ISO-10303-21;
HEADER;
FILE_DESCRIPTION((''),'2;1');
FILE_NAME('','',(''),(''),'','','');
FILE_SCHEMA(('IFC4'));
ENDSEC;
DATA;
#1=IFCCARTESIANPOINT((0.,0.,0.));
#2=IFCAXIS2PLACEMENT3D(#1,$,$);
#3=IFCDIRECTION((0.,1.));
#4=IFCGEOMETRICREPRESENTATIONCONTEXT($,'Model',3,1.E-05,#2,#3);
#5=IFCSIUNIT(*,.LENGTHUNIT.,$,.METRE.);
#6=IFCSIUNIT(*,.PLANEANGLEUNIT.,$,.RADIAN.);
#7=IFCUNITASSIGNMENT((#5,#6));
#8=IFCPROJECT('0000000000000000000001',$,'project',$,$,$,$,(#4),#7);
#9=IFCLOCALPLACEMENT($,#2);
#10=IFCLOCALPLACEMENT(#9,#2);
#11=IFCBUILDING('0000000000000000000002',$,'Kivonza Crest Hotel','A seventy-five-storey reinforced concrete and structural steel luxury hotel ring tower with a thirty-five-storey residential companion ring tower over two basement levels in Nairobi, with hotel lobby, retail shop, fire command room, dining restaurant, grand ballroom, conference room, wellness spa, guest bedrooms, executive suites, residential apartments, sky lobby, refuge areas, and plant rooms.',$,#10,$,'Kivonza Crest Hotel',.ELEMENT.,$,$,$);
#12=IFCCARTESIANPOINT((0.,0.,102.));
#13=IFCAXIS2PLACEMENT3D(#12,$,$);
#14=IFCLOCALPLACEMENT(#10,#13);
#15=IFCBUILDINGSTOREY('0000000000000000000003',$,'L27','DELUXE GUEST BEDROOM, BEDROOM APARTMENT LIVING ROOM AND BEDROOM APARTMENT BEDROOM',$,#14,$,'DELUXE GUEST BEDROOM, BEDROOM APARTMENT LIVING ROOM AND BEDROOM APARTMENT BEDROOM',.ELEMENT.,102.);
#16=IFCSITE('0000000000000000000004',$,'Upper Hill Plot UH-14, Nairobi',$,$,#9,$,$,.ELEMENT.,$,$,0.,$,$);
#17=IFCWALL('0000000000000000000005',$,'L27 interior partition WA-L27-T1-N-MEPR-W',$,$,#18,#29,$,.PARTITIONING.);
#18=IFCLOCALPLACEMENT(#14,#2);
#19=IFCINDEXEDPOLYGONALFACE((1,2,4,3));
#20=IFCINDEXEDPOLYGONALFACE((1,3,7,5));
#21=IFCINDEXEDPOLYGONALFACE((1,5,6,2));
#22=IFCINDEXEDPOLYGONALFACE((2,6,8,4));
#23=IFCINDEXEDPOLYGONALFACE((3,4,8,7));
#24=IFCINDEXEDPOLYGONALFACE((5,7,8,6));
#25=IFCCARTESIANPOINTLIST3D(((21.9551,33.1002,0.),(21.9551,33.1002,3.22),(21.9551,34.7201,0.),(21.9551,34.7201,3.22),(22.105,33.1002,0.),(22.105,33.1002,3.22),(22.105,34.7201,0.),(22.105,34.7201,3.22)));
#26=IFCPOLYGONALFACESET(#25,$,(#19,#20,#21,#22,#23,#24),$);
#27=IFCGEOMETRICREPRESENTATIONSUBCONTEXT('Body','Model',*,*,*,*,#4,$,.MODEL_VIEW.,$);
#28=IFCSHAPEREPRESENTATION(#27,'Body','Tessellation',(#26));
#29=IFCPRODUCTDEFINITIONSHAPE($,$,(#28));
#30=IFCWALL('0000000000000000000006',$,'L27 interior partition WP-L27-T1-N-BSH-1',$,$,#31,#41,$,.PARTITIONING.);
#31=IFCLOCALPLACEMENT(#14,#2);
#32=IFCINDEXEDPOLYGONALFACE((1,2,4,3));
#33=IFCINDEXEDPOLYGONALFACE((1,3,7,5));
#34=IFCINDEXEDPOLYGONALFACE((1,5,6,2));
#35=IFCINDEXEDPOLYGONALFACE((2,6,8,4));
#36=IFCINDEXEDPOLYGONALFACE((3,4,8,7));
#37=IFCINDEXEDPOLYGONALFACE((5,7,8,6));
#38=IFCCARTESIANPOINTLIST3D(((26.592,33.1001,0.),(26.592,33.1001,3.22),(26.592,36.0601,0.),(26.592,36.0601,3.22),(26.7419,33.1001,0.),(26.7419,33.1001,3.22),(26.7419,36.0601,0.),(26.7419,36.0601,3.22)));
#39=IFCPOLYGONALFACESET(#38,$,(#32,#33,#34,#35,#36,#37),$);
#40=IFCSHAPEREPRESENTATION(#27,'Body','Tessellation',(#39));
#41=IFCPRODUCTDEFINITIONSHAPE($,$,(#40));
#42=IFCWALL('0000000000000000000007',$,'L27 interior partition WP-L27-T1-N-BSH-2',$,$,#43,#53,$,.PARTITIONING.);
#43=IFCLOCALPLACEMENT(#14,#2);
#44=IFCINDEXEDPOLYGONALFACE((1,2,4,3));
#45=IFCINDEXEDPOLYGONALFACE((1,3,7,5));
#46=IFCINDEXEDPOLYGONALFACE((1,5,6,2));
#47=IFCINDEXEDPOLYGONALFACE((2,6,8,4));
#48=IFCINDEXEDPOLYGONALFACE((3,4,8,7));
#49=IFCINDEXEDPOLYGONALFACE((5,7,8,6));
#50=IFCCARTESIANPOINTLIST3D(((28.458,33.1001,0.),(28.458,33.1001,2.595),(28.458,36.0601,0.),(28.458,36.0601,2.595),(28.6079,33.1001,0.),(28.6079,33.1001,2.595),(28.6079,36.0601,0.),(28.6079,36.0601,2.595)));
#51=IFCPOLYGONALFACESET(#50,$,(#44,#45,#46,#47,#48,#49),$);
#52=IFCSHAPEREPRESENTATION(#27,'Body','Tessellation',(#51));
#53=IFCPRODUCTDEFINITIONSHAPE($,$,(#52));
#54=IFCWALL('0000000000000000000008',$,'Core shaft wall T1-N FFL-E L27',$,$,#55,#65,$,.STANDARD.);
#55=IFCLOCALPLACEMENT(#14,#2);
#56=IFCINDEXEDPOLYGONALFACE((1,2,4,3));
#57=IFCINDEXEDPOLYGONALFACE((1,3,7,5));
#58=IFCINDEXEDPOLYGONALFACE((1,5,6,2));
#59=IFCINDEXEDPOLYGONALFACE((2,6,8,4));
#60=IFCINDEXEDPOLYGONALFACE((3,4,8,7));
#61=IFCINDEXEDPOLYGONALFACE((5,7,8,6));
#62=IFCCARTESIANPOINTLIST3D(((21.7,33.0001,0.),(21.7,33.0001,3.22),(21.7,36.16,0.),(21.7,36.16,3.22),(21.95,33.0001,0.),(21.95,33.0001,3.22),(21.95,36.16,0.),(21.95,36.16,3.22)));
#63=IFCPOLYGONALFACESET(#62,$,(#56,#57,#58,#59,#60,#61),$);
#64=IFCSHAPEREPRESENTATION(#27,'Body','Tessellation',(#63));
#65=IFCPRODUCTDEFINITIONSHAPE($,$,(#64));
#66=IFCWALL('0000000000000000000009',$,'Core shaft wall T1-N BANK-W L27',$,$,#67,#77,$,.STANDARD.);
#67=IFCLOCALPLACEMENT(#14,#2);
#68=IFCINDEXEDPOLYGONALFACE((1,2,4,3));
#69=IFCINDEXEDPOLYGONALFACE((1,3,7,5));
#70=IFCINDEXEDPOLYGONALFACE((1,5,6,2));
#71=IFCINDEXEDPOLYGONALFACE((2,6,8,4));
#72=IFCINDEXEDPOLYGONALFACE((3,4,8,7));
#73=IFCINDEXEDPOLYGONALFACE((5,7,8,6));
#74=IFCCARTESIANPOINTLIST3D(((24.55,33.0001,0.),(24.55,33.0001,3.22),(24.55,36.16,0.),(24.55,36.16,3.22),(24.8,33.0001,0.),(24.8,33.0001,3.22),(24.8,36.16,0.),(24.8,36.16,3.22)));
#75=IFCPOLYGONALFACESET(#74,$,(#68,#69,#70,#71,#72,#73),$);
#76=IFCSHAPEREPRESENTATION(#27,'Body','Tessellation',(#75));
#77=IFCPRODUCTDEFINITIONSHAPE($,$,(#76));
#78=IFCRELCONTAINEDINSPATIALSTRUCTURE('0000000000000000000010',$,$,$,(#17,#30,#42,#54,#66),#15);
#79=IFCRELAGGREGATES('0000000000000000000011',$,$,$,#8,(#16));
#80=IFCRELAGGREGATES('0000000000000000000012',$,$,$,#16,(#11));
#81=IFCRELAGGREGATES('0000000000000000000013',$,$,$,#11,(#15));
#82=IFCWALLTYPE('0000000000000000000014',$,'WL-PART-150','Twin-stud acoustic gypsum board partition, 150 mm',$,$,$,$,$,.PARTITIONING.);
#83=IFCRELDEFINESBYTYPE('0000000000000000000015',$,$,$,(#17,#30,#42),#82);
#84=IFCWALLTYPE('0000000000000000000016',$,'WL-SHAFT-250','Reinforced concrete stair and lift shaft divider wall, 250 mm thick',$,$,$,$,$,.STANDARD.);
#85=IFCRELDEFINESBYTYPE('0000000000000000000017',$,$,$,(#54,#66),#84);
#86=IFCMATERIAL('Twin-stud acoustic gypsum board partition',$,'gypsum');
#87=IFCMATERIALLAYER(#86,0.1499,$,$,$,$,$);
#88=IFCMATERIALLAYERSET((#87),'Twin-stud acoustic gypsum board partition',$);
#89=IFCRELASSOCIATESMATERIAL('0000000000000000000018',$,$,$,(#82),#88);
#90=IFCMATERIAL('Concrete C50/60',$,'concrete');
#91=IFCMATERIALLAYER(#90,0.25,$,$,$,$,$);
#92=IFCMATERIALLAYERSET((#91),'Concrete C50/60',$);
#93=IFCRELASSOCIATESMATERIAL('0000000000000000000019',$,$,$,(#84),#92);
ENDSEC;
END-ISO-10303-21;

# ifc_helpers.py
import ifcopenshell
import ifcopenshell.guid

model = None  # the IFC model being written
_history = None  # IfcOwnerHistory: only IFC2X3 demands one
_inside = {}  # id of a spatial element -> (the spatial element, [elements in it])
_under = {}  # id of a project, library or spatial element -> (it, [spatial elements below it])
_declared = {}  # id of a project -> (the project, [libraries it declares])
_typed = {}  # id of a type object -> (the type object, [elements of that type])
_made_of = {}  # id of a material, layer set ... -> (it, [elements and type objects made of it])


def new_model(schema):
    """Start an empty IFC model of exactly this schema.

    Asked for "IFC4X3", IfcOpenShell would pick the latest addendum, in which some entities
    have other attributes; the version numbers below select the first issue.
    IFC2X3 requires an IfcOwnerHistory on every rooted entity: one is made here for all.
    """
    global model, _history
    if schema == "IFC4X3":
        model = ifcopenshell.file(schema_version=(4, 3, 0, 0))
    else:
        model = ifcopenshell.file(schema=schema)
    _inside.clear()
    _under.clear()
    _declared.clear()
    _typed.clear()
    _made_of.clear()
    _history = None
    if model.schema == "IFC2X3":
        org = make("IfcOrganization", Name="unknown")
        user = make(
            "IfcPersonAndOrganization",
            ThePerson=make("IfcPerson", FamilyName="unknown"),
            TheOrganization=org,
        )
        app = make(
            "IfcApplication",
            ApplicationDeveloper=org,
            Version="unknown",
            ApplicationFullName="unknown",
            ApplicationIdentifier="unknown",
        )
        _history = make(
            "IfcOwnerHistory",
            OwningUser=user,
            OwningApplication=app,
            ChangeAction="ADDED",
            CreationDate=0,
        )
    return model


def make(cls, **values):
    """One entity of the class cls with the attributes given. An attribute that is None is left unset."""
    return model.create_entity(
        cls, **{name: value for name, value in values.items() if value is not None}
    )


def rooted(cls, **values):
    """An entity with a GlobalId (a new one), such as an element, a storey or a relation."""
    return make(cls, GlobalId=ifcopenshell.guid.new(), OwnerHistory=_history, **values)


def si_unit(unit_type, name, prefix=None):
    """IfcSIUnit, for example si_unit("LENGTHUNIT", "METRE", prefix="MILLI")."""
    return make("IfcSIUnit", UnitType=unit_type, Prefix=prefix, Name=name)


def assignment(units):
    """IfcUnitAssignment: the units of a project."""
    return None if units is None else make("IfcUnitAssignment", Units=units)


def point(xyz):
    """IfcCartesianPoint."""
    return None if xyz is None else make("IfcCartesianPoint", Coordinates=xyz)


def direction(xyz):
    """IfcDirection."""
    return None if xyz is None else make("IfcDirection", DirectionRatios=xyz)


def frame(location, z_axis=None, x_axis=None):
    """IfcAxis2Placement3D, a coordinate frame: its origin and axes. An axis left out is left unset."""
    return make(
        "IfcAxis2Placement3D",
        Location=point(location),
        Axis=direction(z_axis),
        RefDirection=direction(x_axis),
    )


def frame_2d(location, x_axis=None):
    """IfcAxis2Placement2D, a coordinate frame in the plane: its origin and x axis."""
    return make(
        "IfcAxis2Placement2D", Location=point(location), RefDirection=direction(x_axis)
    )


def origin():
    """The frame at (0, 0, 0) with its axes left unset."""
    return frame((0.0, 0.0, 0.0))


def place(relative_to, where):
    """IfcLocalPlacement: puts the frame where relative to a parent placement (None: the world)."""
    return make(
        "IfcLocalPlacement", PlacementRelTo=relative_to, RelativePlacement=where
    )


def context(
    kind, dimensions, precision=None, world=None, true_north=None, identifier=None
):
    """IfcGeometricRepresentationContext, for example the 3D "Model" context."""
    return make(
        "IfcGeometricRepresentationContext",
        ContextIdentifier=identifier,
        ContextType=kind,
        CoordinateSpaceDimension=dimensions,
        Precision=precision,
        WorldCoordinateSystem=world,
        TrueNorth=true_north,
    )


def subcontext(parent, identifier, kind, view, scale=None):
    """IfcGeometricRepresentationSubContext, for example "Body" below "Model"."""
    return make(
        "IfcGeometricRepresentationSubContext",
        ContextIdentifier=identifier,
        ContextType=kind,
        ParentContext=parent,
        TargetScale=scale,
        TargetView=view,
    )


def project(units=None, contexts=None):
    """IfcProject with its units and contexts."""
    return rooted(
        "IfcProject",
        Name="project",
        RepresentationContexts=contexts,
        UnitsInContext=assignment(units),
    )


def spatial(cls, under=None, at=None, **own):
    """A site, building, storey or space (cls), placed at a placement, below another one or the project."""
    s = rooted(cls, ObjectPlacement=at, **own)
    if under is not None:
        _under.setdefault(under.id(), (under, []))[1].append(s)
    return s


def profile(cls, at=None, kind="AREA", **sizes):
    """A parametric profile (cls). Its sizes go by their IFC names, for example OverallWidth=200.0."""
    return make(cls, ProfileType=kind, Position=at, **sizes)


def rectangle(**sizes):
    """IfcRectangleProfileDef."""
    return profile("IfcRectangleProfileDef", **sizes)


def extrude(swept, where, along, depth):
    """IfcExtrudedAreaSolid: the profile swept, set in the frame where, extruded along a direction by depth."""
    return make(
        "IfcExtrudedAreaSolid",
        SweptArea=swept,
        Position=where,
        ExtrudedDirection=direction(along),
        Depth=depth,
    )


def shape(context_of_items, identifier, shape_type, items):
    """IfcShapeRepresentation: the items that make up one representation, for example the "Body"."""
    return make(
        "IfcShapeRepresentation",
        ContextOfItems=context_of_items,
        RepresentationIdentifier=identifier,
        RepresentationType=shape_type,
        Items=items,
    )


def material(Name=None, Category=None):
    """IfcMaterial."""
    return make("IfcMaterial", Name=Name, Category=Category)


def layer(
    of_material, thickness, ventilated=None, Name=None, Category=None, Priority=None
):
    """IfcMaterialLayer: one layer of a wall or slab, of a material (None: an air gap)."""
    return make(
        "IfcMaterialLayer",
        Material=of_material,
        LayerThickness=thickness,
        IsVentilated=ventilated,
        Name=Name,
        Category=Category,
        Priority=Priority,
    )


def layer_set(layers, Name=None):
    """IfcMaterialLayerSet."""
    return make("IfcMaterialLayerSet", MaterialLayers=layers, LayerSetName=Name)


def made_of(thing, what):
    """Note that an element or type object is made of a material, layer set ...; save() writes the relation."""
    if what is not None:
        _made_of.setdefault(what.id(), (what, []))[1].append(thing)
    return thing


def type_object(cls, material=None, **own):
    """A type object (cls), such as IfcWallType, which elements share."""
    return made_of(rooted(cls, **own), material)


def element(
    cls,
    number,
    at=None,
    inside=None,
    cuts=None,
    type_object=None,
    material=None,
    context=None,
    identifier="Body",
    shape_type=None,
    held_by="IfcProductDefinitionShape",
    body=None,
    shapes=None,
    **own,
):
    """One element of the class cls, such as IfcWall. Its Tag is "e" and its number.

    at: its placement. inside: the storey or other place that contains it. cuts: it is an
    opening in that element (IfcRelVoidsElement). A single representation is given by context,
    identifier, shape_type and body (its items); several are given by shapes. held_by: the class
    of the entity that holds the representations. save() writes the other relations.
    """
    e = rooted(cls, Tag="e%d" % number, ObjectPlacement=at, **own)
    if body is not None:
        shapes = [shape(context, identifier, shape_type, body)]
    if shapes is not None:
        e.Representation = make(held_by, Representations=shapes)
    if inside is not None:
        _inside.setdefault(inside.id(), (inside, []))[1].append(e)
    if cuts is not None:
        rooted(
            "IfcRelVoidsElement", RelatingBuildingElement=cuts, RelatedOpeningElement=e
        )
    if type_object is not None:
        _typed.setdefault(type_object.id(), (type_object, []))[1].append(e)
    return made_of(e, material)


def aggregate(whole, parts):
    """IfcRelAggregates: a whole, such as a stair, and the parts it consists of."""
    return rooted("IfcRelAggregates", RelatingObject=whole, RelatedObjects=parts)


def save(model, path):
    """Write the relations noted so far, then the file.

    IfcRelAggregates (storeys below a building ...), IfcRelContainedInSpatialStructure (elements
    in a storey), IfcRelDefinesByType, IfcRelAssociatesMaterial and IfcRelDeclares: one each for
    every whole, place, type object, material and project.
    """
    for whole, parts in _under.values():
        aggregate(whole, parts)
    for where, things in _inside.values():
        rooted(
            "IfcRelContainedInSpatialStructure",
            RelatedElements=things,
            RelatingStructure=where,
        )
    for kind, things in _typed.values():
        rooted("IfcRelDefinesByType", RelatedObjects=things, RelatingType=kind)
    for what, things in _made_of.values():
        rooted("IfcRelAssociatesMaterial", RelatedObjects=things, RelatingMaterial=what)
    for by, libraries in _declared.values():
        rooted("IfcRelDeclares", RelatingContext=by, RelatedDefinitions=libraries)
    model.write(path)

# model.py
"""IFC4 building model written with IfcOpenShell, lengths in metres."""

from ifc_helpers import new_model, si_unit, direction, frame, frame_2d, origin, place, context, subcontext, project, spatial, rectangle, extrude, material, layer, layer_set, type_object, element, save


model = new_model("IFC4")

# Units and contexts
model_context = context("Model", 3, precision=1e-05, world=origin(), true_north=direction((0.0, 1.0)))
body_context = subcontext(model_context, "Body", "Model", "MODEL_VIEW")
ifc_project = project(units=[si_unit("LENGTHUNIT", "METRE"), si_unit("PLANEANGLEUNIT", "RADIAN")], contexts=[model_context])

# Site, building, storey
site_placement = place(None, origin())
site = spatial("IfcSite", under=ifc_project, at=site_placement, Name="Upper Hill Plot UH-14, Nairobi", CompositionType="ELEMENT", RefElevation=0.0)
building_placement = place(site_placement, origin())
building = spatial("IfcBuilding", under=site, at=building_placement, Name="Kivonza Crest Hotel", Description="A seventy-five-storey reinforced concrete and structural steel luxury hotel ring tower with a thirty-five-storey residential companion ring tower over two basement levels in Nairobi, with hotel lobby, retail shop, fire command room, dining restaurant, grand ballroom, conference room, wellness spa, guest bedrooms, executive suites, residential apartments, sky lobby, refuge areas, and plant rooms.", LongName="Kivonza Crest Hotel", CompositionType="ELEMENT")
storey_placement = place(building_placement, frame((0.0, 0.0, 102.0)))
storey = spatial("IfcBuildingStorey", under=building, at=storey_placement, Name="L27", Description="DELUXE GUEST BEDROOM, BEDROOM APARTMENT LIVING ROOM AND BEDROOM APARTMENT BEDROOM", LongName="DELUXE GUEST BEDROOM, BEDROOM APARTMENT LIVING ROOM AND BEDROOM APARTMENT BEDROOM", CompositionType="ELEMENT", Elevation=102.0)

# Walls
ifc_material_1 = material(Name="Twin-stud acoustic gypsum board partition", Category="gypsum")
ifc_layer_1 = layer(ifc_material_1, 0.1499)
ifc_layer_set_1 = layer_set([ifc_layer_1], Name="Twin-stud acoustic gypsum board partition")
wall_type_1 = type_object("IfcWallType", Name="WL-PART-150", Description="Twin-stud acoustic gypsum board partition, 150 mm", PredefinedType="PARTITIONING", material=ifc_layer_set_1)
wall_1_placement = place(storey_placement, frame((22.03, 33.1001, 0.0), z_axis=(0.0, 0.0, 1.0), x_axis=(0.0, 1.0, 0.0)))
element("IfcWall", 1, at=wall_1_placement, inside=storey, type_object=wall_type_1, Name="L27 interior partition WA-L27-T1-N-MEPR-W", PredefinedType="PARTITIONING", context=body_context, shape_type="SweptSolid", body=[
    extrude(rectangle(XDim=1.6199, YDim=0.1499, at=frame_2d((0.8101, 0.0))), origin(), (0.0, 0.0, 1.0), 3.22),
])
wall_2_placement = place(storey_placement, frame((26.667, 33.1001, 0.0), z_axis=(0.0, 0.0, 1.0), x_axis=(0.0, 1.0, 0.0)))
element("IfcWall", 2, at=wall_2_placement, inside=storey, type_object=wall_type_1, Name="L27 interior partition WP-L27-T1-N-BSH-1", PredefinedType="PARTITIONING", context=body_context, shape_type="SweptSolid", body=[
    extrude(rectangle(XDim=2.96, YDim=0.1499, at=frame_2d((1.48, 0.0))), origin(), (0.0, 0.0, 1.0), 3.22),
])
wall_3_placement = place(storey_placement, frame((28.533, 33.1001, 0.0), z_axis=(0.0, 0.0, 1.0), x_axis=(0.0, 1.0, 0.0)))
element("IfcWall", 3, at=wall_3_placement, inside=storey, type_object=wall_type_1, Name="L27 interior partition WP-L27-T1-N-BSH-2", PredefinedType="PARTITIONING", context=body_context, shape_type="SweptSolid", body=[
    extrude(rectangle(XDim=2.96, YDim=0.1499, at=frame_2d((1.48, 0.0))), origin(), (0.0, 0.0, 1.0), 2.595),
])

# Shared definitions
ifc_material_2 = material(Name="Concrete C50/60", Category="concrete")
ifc_layer_2 = layer(ifc_material_2, 0.25)
ifc_layer_set_2 = layer_set([ifc_layer_2], Name="Concrete C50/60")
wall_type_2 = type_object("IfcWallType", Name="WL-SHAFT-250", Description="Reinforced concrete stair and lift shaft divider wall, 250 mm thick", PredefinedType="STANDARD", material=ifc_layer_set_2)

# Walls
for number, where, z_axis, x_axis, name in (
    (4, (21.825, 33.0, 0.0), (0.0, 0.0, 1.0), (0.0, 1.0, 0.0), "Core shaft wall T1-N FFL-E L27"),
    (5, (24.675, 33.0, 0.0), (0.0, 0.0, 1.0), (0.0, 1.0, 0.0), "Core shaft wall T1-N BANK-W L27"),
):
    element("IfcWall", number, at=place(storey_placement, frame(where, z_axis=z_axis, x_axis=x_axis)), inside=storey, type_object=wall_type_2, Name=name, PredefinedType="STANDARD", context=body_context, shape_type="SweptSolid", body=[
        extrude(rectangle(XDim=3.1599, YDim=0.25, at=frame_2d((1.5801, 0.0))), origin(), (0.0, 0.0, 1.0), 3.22),
    ])

save(model, "model.ifc")
